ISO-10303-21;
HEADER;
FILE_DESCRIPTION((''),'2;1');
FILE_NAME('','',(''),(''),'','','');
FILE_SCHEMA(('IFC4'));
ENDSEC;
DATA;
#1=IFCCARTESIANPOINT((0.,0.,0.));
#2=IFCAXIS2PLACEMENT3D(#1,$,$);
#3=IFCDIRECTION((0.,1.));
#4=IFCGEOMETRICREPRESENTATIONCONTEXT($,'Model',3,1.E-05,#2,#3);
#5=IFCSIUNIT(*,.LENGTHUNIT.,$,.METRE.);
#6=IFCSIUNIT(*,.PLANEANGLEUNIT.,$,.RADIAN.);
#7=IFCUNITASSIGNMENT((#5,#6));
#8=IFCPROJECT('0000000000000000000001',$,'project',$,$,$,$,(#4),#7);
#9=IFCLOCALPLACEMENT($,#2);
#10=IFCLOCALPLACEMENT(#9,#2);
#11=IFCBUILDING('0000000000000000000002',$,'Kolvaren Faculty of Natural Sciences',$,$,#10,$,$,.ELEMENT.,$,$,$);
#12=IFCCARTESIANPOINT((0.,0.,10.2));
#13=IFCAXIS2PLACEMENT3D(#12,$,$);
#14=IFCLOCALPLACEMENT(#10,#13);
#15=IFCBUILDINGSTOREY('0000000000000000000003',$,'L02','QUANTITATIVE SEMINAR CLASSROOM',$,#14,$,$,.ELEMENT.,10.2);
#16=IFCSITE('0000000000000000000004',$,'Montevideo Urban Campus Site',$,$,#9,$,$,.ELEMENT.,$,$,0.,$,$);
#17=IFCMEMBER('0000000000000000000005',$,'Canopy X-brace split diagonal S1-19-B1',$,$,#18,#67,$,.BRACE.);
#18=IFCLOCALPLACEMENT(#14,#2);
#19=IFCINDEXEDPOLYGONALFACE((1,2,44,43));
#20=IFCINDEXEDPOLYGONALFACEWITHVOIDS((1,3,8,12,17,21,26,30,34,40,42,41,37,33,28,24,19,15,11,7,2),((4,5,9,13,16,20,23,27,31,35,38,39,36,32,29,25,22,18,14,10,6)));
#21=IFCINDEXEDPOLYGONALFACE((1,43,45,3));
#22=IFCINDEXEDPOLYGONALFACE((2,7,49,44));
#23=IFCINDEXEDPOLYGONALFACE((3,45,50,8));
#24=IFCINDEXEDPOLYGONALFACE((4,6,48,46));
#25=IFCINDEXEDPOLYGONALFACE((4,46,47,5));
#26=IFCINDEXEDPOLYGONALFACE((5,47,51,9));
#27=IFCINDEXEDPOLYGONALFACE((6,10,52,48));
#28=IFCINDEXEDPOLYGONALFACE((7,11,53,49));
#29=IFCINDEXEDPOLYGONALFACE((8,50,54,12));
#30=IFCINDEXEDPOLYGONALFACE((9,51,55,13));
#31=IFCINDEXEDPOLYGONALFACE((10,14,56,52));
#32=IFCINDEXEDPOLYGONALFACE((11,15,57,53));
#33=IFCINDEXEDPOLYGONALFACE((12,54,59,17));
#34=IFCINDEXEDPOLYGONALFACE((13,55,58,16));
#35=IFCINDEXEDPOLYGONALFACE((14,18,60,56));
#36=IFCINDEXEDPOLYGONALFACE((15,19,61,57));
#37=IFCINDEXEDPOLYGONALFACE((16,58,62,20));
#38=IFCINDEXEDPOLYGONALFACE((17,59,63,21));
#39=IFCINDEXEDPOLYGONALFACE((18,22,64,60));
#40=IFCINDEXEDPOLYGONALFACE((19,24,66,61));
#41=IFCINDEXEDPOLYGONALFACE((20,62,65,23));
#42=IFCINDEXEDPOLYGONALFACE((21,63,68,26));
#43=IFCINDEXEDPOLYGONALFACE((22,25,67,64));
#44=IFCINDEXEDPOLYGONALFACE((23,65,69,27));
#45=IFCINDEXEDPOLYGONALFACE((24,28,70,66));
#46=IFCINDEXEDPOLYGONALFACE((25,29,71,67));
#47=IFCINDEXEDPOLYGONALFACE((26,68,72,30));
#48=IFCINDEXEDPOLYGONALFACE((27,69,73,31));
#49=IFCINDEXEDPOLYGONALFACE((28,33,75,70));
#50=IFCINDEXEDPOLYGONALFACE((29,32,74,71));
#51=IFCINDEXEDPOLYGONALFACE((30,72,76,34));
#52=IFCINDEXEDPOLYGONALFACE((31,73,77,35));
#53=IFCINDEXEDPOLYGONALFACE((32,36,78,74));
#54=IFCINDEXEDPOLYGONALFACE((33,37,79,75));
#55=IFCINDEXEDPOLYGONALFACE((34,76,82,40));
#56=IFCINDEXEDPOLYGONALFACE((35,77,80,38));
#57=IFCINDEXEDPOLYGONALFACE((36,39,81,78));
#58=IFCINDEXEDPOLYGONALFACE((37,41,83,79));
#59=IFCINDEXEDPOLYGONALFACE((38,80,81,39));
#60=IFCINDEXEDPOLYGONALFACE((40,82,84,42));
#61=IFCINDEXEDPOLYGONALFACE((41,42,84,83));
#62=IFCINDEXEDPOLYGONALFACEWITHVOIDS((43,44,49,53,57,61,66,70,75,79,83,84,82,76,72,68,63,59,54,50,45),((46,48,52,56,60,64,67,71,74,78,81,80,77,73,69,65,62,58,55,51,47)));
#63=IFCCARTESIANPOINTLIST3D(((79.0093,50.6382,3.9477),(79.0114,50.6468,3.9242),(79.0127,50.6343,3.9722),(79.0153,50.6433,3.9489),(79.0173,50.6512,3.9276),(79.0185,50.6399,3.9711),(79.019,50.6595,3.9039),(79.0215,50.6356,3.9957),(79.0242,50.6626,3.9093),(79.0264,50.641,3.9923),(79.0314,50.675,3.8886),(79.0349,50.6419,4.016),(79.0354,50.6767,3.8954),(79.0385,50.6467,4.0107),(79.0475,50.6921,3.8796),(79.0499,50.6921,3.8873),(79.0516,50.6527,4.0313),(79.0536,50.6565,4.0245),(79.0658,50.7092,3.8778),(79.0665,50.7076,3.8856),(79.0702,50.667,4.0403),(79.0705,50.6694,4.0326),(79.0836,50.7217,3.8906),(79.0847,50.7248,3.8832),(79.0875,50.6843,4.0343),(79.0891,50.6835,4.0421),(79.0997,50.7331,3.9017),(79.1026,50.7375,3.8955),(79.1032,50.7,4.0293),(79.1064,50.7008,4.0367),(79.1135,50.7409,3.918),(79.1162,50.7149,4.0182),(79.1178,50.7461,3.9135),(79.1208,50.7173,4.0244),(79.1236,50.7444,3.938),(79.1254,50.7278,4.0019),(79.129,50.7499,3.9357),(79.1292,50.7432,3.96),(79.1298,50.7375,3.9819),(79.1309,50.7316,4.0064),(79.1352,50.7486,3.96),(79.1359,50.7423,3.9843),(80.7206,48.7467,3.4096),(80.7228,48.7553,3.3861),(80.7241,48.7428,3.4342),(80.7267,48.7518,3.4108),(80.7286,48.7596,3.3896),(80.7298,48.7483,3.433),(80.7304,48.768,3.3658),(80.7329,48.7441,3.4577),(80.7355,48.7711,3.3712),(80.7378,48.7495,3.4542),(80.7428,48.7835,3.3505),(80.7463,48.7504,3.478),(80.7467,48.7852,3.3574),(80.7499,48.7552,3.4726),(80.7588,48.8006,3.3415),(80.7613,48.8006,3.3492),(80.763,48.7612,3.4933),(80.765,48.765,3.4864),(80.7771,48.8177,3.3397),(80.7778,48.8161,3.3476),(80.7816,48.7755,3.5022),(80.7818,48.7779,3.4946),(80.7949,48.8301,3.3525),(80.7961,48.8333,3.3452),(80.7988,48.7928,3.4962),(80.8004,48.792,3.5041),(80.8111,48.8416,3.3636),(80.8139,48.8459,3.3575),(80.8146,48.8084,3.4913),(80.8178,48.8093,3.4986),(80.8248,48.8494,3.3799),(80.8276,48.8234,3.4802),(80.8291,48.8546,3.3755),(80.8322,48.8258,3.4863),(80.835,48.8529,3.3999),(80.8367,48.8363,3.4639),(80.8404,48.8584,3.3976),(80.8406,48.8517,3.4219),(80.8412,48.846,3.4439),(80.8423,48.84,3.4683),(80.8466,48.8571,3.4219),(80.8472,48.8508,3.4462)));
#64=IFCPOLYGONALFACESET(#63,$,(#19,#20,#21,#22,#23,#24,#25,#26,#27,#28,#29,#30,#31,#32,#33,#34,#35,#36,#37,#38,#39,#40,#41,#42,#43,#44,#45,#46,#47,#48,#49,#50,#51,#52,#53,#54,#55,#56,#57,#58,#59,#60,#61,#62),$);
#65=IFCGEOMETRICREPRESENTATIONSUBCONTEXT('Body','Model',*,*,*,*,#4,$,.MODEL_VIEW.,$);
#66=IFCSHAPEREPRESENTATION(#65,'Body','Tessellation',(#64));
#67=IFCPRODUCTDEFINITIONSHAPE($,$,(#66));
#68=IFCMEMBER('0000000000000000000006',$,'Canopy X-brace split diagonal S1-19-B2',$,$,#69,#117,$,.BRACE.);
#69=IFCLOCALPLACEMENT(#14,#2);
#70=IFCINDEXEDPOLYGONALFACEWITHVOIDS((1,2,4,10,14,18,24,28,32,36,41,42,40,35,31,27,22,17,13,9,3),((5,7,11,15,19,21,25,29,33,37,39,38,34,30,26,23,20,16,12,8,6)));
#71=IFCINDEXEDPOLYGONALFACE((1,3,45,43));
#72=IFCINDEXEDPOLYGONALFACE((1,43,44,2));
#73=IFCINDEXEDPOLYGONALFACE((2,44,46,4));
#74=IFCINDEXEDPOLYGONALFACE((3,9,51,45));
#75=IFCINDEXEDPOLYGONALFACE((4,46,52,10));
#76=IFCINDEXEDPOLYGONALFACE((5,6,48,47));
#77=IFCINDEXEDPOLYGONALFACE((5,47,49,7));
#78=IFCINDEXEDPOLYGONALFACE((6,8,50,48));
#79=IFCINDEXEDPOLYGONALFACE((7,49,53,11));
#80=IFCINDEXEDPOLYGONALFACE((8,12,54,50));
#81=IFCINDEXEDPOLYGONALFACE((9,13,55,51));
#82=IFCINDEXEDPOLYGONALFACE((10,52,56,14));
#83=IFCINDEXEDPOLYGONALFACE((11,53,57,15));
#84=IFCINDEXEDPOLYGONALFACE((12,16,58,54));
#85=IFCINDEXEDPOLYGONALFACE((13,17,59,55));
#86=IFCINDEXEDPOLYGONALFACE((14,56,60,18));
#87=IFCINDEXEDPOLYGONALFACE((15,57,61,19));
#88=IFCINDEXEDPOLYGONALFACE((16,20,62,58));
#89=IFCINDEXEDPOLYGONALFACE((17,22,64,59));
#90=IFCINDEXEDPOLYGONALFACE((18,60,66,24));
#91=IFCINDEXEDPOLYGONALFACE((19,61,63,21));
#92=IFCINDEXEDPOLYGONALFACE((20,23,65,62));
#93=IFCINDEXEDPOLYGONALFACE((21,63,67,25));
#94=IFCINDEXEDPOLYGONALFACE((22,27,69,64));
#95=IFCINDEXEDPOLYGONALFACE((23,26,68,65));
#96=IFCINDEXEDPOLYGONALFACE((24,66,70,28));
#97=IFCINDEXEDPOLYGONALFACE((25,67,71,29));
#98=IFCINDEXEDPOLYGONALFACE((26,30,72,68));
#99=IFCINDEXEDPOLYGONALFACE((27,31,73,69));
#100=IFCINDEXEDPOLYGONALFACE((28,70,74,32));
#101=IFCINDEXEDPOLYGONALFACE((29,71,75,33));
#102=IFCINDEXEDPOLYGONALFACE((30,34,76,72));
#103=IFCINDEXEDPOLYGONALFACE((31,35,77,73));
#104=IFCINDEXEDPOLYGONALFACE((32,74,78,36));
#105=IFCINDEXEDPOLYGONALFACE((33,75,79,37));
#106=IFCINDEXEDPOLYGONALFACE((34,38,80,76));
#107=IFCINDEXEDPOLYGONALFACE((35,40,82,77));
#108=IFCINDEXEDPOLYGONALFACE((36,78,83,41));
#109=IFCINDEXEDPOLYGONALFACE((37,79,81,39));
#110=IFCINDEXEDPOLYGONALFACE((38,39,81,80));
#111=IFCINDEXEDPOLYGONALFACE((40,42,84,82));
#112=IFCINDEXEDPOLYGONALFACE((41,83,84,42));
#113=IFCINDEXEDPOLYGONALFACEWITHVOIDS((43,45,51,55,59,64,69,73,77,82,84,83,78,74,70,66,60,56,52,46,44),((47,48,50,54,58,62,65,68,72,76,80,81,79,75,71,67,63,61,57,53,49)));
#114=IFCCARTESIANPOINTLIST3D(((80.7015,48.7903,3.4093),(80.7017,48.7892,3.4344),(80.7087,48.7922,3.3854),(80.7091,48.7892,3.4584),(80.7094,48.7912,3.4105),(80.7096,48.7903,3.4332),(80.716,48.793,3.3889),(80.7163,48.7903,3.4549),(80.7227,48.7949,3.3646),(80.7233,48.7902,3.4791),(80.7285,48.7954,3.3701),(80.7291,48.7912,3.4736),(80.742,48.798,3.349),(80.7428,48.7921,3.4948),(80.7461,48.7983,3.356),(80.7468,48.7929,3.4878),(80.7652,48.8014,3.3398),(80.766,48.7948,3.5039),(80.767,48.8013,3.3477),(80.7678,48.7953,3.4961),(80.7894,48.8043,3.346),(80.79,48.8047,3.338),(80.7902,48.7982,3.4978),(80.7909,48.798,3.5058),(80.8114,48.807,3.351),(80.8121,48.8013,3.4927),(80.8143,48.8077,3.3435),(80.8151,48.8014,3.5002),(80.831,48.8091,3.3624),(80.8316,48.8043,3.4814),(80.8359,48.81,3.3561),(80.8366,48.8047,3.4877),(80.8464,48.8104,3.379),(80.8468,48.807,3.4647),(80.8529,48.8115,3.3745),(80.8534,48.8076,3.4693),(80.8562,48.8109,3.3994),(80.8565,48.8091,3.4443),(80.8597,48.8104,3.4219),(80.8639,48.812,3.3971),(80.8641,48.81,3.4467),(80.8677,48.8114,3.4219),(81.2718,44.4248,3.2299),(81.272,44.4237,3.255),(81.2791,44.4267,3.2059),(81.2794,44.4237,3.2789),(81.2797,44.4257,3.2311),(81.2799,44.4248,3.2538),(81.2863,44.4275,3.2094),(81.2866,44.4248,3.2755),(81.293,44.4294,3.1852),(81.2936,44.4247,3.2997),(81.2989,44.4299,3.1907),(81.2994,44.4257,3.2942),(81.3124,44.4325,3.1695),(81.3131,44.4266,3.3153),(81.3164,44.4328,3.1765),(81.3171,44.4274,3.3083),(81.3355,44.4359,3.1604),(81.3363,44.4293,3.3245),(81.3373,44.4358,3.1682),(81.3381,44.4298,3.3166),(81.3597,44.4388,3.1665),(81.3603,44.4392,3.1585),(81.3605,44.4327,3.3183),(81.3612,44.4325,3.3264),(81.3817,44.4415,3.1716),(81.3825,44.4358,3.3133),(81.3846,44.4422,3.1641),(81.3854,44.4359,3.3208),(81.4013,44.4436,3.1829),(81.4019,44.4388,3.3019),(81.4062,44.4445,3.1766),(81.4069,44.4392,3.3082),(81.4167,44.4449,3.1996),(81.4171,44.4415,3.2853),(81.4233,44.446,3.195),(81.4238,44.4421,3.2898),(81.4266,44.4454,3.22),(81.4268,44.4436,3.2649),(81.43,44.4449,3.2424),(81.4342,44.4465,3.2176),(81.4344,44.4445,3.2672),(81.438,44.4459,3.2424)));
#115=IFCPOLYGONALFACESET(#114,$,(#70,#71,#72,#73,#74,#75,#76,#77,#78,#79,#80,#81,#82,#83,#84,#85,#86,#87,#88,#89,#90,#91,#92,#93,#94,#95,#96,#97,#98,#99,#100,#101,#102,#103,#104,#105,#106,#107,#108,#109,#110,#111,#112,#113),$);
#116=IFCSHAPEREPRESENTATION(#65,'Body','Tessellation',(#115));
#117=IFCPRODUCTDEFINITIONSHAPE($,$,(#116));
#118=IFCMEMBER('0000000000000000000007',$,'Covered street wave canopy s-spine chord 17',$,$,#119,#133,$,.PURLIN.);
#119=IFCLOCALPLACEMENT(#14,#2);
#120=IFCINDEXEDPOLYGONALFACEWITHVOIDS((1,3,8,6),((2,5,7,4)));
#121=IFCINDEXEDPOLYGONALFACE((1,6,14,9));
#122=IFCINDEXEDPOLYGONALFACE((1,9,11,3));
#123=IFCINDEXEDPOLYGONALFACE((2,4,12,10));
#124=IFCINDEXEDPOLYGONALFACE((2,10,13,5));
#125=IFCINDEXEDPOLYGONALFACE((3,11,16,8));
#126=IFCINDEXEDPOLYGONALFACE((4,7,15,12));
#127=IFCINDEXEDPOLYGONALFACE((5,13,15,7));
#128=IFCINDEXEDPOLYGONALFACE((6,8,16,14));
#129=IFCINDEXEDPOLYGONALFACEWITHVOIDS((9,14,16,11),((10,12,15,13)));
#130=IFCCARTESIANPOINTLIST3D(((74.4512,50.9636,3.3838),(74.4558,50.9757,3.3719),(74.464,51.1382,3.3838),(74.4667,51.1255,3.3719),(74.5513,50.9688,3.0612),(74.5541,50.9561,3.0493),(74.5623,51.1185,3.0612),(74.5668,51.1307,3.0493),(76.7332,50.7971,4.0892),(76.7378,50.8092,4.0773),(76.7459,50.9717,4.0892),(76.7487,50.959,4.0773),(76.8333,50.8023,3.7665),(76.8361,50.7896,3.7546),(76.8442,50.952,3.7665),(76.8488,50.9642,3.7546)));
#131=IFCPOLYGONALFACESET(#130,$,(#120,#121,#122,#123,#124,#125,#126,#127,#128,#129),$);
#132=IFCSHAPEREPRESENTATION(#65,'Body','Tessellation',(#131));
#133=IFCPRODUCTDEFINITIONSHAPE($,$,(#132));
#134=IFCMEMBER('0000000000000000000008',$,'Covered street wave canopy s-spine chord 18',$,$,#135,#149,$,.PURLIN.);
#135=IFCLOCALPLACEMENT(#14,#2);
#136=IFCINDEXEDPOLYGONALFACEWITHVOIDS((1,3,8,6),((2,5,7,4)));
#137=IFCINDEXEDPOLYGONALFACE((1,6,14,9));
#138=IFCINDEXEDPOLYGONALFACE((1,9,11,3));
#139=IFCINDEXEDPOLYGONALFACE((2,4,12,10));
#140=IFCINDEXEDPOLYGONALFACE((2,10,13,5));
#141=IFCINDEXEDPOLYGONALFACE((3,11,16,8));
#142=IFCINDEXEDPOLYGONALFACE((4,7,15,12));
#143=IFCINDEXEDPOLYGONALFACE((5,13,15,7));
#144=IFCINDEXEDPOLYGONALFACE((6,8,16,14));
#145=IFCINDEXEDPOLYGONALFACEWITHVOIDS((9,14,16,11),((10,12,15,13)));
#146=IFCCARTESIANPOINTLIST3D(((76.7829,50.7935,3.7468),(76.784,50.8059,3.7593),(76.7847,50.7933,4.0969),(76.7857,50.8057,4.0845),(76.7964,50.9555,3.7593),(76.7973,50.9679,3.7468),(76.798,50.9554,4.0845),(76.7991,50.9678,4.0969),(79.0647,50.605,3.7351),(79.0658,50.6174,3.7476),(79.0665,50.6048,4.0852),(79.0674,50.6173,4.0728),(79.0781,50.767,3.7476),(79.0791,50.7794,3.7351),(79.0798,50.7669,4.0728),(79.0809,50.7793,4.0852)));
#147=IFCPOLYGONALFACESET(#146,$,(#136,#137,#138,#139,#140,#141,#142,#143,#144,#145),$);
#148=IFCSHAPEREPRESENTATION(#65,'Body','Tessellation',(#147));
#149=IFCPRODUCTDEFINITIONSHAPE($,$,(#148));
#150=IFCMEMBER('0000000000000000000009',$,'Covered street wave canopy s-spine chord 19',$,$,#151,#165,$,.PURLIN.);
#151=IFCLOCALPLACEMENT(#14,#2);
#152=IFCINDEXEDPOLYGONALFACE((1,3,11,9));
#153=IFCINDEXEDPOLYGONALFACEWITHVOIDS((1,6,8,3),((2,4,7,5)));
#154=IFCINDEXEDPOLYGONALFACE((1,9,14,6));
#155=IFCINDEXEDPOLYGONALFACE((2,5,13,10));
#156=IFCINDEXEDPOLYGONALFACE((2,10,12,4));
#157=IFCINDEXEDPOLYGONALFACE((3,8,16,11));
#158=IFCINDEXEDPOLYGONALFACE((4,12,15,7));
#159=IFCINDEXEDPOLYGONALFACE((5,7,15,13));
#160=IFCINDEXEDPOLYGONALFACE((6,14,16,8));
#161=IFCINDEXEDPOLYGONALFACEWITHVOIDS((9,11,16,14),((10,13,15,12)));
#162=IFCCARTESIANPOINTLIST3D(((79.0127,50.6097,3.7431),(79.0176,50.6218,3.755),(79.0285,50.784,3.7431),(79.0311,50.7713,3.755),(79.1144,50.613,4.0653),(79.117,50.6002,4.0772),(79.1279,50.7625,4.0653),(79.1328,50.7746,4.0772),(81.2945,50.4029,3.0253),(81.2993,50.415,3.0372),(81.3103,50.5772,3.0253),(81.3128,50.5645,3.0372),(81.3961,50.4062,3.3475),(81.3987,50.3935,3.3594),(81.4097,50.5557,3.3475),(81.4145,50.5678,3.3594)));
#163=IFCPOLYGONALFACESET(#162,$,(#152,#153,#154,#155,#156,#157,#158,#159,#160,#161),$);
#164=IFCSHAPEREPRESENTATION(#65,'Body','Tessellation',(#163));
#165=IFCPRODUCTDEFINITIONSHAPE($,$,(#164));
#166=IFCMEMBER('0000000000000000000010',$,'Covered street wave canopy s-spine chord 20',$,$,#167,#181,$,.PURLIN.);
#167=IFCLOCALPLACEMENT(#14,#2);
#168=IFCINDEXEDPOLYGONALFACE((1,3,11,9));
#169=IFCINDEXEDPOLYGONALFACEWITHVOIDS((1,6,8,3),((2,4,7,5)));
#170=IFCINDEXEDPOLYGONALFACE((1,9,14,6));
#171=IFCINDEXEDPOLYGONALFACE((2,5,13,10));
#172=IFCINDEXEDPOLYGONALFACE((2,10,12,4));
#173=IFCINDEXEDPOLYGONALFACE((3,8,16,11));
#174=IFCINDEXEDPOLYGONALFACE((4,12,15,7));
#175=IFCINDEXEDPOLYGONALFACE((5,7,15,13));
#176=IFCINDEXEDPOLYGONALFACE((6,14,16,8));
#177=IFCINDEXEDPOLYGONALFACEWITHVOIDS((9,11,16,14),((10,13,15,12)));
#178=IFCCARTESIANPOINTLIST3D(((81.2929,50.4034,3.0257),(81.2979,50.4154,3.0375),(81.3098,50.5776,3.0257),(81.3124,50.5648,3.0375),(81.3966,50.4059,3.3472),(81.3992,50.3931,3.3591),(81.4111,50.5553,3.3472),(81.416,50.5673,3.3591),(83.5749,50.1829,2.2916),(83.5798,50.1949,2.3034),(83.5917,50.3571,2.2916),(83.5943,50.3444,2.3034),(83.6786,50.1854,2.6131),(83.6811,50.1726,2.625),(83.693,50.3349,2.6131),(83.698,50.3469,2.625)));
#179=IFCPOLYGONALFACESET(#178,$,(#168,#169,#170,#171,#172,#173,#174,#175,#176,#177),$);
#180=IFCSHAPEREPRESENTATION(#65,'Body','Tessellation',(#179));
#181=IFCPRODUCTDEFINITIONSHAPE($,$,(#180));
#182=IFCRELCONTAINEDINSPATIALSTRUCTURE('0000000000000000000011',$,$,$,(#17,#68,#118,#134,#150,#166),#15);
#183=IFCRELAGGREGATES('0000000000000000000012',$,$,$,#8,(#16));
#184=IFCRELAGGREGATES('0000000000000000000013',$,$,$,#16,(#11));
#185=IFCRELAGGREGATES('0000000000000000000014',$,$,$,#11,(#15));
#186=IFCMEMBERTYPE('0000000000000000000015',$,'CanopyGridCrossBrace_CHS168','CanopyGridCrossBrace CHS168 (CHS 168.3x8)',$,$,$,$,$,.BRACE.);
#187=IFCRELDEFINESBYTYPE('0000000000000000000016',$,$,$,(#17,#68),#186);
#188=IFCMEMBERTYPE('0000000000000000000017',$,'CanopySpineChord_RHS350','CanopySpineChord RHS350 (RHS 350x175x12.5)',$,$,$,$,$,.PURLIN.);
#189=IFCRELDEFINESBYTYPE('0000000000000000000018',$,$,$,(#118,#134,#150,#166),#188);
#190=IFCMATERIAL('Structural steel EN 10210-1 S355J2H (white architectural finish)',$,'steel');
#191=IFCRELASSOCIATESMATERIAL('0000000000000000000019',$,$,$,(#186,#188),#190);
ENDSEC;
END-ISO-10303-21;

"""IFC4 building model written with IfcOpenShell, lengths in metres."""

from ifc_helpers import new_model, si_unit, direction, frame, origin, origin_2d, place, context, subcontext, project, spatial, hollow_rectangle, hollow_circle, extrude, material, material_profile, profile_set, type_object, element, save


model = new_model("IFC4")

# Units and contexts
model_context = context("Model", 3, precision=1e-05, world=origin(), true_north=direction((0.0, 1.0)))
body_context = subcontext(model_context, "Body", "Model", "MODEL_VIEW")
ifc_project = project(units=[si_unit("LENGTHUNIT", "METRE"), si_unit("PLANEANGLEUNIT", "RADIAN")], contexts=[model_context])

# Site, building, storey
site_placement = place(None, origin())
site = spatial("IfcSite", under=ifc_project, at=site_placement, Name="Montevideo Urban Campus Site", CompositionType="ELEMENT", RefElevation=0.0)
building_placement = place(site_placement, origin())
building = spatial("IfcBuilding", under=site, at=building_placement, Name="Kolvaren Faculty of Natural Sciences", CompositionType="ELEMENT")
storey_placement = place(building_placement, frame((0.0, 0.0, 10.2)))
storey = spatial("IfcBuildingStorey", under=building, at=storey_placement, Name="L02", Description="QUANTITATIVE SEMINAR CLASSROOM", CompositionType="ELEMENT", Elevation=10.2)

# Members
ifc_material_1 = material(Name="Structural steel EN 10210-1 S355J2H (white architectural finish)", Category="steel")
ifc_material_profile_1 = material_profile(ifc_material_1, hollow_circle(Radius=0.0842, WallThickness=0.0081, at=origin_2d()), Name="CHS 168.3x8")
ifc_profile_set_1 = profile_set([ifc_material_profile_1], Name="Structural steel EN 10210-1 S355J2H (white architectural finish)")
member_type_1 = type_object("IfcMemberType", Name="CanopyGridCrossBrace_CHS168", Description="CanopyGridCrossBrace CHS168 (CHS 168.3x8)", PredefinedType="BRACE", material=ifc_profile_set_1)
member_1_placement = place(storey_placement, frame((79.0728, 50.6921, 3.96), z_axis=(0.656463, -0.725574, -0.206397), x_axis=(0.74154, 0.670908, 0.0)))
element("IfcMember", 1, at=member_1_placement, inside=storey, type_object=member_type_1, Name="Canopy X-brace split diagonal S1-19-B1", PredefinedType="BRACE", context=body_context, shape_type="SweptSolid", body=[
    extrude(hollow_circle(Radius=0.0842, WallThickness=0.0081, at=origin_2d()), origin(), (0.0, 0.0, 1.0), 2.6069),
])
member_2_placement = place(storey_placement, frame((80.7842, 48.8005, 3.4219), z_axis=(0.129433, -0.990751, -0.040725), x_axis=(0.991574, 0.129541, 0.0)))
element("IfcMember", 2, at=member_2_placement, inside=storey, type_object=member_type_1, Name="Canopy X-brace split diagonal S1-19-B2", PredefinedType="BRACE", context=body_context, shape_type="SweptSolid", body=[
    extrude(hollow_circle(Radius=0.0842, WallThickness=0.0081, at=origin_2d()), origin(), (0.0, 0.0, 1.0), 4.4062),
])
ifc_material_profile_2 = material_profile(ifc_material_1, hollow_rectangle(XDim=0.175, YDim=0.3501, WallThickness=0.0125, at=origin_2d()), Name="RHS 350x175x12.5")
ifc_profile_set_2 = profile_set([ifc_material_profile_2], Name="Structural steel EN 10210-1 S355J2H (white architectural finish)")
member_type_2 = type_object("IfcMemberType", Name="CanopySpineChord_RHS350", Description="CanopySpineChord RHS350 (RHS 350x175x12.5)", PredefinedType="PURLIN", material=ifc_profile_set_2)
member_3_placement = place(storey_placement, frame((74.509, 51.0471, 3.2166), z_axis=(0.953092, -0.069542, 0.294585), x_axis=(0.072771, 0.997349, 0.0)))
element("IfcMember", 3, at=member_3_placement, inside=storey, type_object=member_type_2, Name="Covered street wave canopy s-spine chord 17", PredefinedType="PURLIN", context=body_context, shape_type="SweptSolid", body=[
    extrude(hollow_rectangle(XDim=0.175, YDim=0.3501, WallThickness=0.0125, at=origin_2d()), origin(), (0.0, 0.0, 1.0), 2.3943),
])
member_4_placement = place(storey_placement, frame((76.791, 50.8806, 3.9219), z_axis=(0.996593, -0.082321, -0.005118), x_axis=(0.082322, 0.996606, 0.0)))
element("IfcMember", 4, at=member_4_placement, inside=storey, type_object=member_type_2, Name="Covered street wave canopy s-spine chord 18", PredefinedType="PURLIN", context=body_context, shape_type="SweptSolid", body=[
    extrude(hollow_rectangle(XDim=0.175, YDim=0.3501, WallThickness=0.0125, at=origin_2d()), origin(), (0.0, 0.0, 1.0), 2.2896),
])
member_5_placement = place(storey_placement, frame((79.0728, 50.6921, 3.9102), z_axis=(0.950371, -0.086129, -0.298961), x_axis=(0.090257, 0.995918, 0.0)))
element("IfcMember", 5, at=member_5_placement, inside=storey, type_object=member_type_2, Name="Covered street wave canopy s-spine chord 19", PredefinedType="PURLIN", context=body_context, shape_type="SweptSolid", body=[
    extrude(hollow_rectangle(XDim=0.175, YDim=0.3501, WallThickness=0.0125, at=origin_2d()), origin(), (0.0, 0.0, 1.0), 2.4009),
])
member_6_placement = place(storey_placement, frame((81.3545, 50.4854, 3.1924), z_axis=(0.947951, -0.09158, -0.304963), x_axis=(0.096161, 0.995366, 0.0)))
element("IfcMember", 6, at=member_6_placement, inside=storey, type_object=member_type_2, Name="Covered street wave canopy s-spine chord 20", PredefinedType="PURLIN", context=body_context, shape_type="SweptSolid", body=[
    extrude(hollow_rectangle(XDim=0.175, YDim=0.3501, WallThickness=0.0125, at=origin_2d()), origin(), (0.0, 0.0, 1.0), 2.4072),
])

save(model, "model.ifc")
